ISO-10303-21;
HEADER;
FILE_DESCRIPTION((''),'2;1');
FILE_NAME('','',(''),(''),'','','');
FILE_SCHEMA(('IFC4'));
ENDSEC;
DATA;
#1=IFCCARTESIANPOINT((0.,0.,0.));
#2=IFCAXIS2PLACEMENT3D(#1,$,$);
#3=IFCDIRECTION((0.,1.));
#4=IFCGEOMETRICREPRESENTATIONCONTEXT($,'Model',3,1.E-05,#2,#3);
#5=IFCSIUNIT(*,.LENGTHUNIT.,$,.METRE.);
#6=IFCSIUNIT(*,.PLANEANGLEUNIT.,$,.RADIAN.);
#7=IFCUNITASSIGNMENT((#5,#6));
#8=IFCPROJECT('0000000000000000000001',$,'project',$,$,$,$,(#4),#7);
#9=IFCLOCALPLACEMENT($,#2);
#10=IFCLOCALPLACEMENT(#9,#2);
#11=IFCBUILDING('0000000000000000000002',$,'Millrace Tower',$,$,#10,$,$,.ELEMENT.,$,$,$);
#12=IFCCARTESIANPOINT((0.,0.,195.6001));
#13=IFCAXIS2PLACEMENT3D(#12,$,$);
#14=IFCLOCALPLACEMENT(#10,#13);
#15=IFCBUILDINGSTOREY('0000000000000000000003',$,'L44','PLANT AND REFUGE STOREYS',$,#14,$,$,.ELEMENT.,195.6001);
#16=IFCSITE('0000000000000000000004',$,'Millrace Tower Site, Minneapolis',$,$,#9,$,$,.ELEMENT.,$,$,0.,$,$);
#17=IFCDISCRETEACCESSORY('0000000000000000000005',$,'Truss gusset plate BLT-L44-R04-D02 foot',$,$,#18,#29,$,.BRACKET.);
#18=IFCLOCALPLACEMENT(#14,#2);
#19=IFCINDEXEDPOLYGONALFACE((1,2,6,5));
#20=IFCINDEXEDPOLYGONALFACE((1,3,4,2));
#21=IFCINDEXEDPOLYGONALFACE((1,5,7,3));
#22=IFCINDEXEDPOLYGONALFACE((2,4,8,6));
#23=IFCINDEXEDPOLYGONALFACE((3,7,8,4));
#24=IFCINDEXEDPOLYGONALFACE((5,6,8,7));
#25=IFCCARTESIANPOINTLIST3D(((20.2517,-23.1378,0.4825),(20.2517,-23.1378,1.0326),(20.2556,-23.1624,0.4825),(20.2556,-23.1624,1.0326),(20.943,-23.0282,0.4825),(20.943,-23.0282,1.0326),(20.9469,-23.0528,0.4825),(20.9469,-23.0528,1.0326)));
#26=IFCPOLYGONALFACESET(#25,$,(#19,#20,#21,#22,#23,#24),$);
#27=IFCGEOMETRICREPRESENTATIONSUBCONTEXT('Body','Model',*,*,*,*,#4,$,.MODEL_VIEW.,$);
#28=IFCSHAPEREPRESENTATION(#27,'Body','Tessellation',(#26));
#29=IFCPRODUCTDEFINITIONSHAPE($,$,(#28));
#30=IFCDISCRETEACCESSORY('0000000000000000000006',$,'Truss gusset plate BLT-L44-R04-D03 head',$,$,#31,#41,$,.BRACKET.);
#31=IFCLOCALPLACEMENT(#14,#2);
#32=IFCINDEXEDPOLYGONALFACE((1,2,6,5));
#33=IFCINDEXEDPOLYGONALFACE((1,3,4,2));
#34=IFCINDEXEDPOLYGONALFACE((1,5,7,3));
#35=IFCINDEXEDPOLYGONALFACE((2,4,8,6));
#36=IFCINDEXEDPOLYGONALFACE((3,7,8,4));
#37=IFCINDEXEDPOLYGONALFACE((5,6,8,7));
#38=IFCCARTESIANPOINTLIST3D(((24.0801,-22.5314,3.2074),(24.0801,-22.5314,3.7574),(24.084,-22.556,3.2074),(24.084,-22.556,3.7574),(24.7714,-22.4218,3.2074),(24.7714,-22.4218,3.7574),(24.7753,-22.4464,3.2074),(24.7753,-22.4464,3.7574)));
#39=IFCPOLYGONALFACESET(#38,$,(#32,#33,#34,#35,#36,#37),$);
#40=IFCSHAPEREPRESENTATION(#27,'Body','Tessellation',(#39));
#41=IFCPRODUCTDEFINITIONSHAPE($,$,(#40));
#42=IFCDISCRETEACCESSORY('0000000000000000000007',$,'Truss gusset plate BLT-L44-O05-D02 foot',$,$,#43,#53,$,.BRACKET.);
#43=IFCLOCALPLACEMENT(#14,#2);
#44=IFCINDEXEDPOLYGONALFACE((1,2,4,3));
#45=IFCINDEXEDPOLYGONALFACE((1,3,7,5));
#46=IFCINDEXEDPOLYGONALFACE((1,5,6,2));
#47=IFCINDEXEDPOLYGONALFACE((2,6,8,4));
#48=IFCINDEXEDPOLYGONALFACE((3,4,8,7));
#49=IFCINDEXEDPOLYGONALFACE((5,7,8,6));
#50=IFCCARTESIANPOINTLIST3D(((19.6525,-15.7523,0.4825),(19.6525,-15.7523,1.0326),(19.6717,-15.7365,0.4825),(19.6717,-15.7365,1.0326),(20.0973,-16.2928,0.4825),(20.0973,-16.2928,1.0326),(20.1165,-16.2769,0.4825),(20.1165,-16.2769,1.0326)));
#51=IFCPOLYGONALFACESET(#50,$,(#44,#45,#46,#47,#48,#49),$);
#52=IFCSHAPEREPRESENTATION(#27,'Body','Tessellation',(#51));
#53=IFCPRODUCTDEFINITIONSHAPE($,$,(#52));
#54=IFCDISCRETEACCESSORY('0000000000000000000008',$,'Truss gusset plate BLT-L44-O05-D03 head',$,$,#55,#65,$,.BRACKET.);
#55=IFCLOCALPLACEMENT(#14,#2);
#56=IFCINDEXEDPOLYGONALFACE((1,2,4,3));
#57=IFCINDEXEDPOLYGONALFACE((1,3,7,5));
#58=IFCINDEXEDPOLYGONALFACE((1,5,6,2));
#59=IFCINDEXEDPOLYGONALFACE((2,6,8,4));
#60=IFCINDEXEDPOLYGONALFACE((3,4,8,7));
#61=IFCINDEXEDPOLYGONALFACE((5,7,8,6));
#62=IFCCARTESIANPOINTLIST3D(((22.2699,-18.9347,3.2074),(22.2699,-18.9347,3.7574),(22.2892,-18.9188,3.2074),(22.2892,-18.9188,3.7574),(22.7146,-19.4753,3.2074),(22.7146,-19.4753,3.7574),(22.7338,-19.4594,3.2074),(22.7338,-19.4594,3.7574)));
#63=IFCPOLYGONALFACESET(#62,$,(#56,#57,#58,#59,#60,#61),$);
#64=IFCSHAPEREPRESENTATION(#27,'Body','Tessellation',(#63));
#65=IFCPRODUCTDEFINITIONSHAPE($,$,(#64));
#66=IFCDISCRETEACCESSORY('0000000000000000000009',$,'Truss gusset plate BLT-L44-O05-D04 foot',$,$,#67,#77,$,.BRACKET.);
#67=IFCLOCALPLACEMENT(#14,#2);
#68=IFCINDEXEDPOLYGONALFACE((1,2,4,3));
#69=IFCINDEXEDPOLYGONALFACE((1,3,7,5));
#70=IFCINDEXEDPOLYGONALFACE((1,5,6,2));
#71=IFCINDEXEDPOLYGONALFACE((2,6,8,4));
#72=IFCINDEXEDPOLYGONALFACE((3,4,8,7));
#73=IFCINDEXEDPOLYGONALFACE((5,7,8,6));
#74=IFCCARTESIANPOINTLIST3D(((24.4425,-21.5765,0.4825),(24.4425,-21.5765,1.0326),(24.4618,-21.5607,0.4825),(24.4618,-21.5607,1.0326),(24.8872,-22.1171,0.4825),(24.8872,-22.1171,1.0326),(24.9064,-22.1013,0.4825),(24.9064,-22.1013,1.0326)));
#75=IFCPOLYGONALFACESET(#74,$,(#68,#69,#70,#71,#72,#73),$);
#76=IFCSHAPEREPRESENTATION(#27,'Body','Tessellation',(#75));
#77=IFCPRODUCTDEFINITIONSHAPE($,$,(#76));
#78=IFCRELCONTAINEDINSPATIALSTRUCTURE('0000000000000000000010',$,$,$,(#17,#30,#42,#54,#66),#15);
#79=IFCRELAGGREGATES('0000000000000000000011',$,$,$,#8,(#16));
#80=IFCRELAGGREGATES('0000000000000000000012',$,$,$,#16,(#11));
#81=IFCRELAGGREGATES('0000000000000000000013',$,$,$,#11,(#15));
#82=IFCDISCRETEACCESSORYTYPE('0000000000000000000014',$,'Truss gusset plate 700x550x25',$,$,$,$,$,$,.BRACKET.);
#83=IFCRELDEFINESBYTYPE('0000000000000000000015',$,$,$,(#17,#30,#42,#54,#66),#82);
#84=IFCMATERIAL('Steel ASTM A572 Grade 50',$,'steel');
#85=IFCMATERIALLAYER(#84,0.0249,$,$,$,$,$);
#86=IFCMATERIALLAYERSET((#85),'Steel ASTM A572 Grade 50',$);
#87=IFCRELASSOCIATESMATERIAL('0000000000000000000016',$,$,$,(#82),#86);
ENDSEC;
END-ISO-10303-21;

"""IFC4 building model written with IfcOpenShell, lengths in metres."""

from ifc_helpers import new_model, si_unit, direction, frame, origin, origin_2d, place, context, subcontext, project, spatial, rectangle, extrude, material, layer, layer_set, type_object, element, save


model = new_model("IFC4")

# Units and contexts
model_context = context("Model", 3, precision=1e-05, world=origin(), true_north=direction((0.0, 1.0)))
body_context = subcontext(model_context, "Body", "Model", "MODEL_VIEW")
ifc_project = project(units=[si_unit("LENGTHUNIT", "METRE"), si_unit("PLANEANGLEUNIT", "RADIAN")], contexts=[model_context])

# Site, building, storey
site_placement = place(None, origin())
site = spatial("IfcSite", under=ifc_project, at=site_placement, Name="Millrace Tower Site, Minneapolis", CompositionType="ELEMENT", RefElevation=0.0)
building_placement = place(site_placement, origin())
building = spatial("IfcBuilding", under=site, at=building_placement, Name="Millrace Tower", CompositionType="ELEMENT")
storey_placement = place(building_placement, frame((0.0, 0.0, 195.6001)))
storey = spatial("IfcBuildingStorey", under=building, at=storey_placement, Name="L44", Description="PLANT AND REFUGE STOREYS", CompositionType="ELEMENT", Elevation=195.6001)

# Discrete accessories
ifc_material_1 = material(Name="Steel ASTM A572 Grade 50", Category="steel")
ifc_layer_1 = layer(ifc_material_1, 0.0249)
ifc_layer_set_1 = layer_set([ifc_layer_1], Name="Steel ASTM A572 Grade 50")
discrete_accessory_type = type_object("IfcDiscreteAccessoryType", Name="Truss gusset plate 700x550x25", PredefinedType="BRACKET", material=ifc_layer_set_1)
for number, where, z_axis, x_axis, name in (
    (1, (20.2537, -23.1501, 0.7576), (0.987664, 0.156589, 0.0), (-0.156589, 0.987664, 0.0), "Truss gusset plate BLT-L44-R04-D02 foot"),
    (2, (24.082, -22.5437, 3.4824), (0.987664, 0.156589, 0.0), (-0.156589, 0.987664, 0.0), "Truss gusset plate BLT-L44-R04-D03 head"),
    (3, (19.6621, -15.7444, 0.7576), (0.635438, -0.772152, 0.0), (0.772152, 0.635438, 0.0), "Truss gusset plate BLT-L44-O05-D02 foot"),
    (4, (22.2795, -18.9268, 3.4824), (0.63523, -0.772323, 0.0), (0.772323, 0.63523, 0.0), "Truss gusset plate BLT-L44-O05-D03 head"),
    (5, (24.4521, -21.5686, 0.7576), (0.63523, -0.772323, 0.0), (0.772323, 0.63523, 0.0), "Truss gusset plate BLT-L44-O05-D04 foot"),
):
    element("IfcDiscreteAccessory", number, at=place(storey_placement, frame(where, z_axis=z_axis, x_axis=x_axis)), inside=storey, type_object=discrete_accessory_type, Name=name, PredefinedType="BRACKET", context=body_context, shape_type="SweptSolid", body=[
        extrude(rectangle(XDim=0.0249, YDim=0.55, at=origin_2d()), origin(), (0.0, 0.0, 1.0), 0.7),
    ])

save(model, "model.ifc")
